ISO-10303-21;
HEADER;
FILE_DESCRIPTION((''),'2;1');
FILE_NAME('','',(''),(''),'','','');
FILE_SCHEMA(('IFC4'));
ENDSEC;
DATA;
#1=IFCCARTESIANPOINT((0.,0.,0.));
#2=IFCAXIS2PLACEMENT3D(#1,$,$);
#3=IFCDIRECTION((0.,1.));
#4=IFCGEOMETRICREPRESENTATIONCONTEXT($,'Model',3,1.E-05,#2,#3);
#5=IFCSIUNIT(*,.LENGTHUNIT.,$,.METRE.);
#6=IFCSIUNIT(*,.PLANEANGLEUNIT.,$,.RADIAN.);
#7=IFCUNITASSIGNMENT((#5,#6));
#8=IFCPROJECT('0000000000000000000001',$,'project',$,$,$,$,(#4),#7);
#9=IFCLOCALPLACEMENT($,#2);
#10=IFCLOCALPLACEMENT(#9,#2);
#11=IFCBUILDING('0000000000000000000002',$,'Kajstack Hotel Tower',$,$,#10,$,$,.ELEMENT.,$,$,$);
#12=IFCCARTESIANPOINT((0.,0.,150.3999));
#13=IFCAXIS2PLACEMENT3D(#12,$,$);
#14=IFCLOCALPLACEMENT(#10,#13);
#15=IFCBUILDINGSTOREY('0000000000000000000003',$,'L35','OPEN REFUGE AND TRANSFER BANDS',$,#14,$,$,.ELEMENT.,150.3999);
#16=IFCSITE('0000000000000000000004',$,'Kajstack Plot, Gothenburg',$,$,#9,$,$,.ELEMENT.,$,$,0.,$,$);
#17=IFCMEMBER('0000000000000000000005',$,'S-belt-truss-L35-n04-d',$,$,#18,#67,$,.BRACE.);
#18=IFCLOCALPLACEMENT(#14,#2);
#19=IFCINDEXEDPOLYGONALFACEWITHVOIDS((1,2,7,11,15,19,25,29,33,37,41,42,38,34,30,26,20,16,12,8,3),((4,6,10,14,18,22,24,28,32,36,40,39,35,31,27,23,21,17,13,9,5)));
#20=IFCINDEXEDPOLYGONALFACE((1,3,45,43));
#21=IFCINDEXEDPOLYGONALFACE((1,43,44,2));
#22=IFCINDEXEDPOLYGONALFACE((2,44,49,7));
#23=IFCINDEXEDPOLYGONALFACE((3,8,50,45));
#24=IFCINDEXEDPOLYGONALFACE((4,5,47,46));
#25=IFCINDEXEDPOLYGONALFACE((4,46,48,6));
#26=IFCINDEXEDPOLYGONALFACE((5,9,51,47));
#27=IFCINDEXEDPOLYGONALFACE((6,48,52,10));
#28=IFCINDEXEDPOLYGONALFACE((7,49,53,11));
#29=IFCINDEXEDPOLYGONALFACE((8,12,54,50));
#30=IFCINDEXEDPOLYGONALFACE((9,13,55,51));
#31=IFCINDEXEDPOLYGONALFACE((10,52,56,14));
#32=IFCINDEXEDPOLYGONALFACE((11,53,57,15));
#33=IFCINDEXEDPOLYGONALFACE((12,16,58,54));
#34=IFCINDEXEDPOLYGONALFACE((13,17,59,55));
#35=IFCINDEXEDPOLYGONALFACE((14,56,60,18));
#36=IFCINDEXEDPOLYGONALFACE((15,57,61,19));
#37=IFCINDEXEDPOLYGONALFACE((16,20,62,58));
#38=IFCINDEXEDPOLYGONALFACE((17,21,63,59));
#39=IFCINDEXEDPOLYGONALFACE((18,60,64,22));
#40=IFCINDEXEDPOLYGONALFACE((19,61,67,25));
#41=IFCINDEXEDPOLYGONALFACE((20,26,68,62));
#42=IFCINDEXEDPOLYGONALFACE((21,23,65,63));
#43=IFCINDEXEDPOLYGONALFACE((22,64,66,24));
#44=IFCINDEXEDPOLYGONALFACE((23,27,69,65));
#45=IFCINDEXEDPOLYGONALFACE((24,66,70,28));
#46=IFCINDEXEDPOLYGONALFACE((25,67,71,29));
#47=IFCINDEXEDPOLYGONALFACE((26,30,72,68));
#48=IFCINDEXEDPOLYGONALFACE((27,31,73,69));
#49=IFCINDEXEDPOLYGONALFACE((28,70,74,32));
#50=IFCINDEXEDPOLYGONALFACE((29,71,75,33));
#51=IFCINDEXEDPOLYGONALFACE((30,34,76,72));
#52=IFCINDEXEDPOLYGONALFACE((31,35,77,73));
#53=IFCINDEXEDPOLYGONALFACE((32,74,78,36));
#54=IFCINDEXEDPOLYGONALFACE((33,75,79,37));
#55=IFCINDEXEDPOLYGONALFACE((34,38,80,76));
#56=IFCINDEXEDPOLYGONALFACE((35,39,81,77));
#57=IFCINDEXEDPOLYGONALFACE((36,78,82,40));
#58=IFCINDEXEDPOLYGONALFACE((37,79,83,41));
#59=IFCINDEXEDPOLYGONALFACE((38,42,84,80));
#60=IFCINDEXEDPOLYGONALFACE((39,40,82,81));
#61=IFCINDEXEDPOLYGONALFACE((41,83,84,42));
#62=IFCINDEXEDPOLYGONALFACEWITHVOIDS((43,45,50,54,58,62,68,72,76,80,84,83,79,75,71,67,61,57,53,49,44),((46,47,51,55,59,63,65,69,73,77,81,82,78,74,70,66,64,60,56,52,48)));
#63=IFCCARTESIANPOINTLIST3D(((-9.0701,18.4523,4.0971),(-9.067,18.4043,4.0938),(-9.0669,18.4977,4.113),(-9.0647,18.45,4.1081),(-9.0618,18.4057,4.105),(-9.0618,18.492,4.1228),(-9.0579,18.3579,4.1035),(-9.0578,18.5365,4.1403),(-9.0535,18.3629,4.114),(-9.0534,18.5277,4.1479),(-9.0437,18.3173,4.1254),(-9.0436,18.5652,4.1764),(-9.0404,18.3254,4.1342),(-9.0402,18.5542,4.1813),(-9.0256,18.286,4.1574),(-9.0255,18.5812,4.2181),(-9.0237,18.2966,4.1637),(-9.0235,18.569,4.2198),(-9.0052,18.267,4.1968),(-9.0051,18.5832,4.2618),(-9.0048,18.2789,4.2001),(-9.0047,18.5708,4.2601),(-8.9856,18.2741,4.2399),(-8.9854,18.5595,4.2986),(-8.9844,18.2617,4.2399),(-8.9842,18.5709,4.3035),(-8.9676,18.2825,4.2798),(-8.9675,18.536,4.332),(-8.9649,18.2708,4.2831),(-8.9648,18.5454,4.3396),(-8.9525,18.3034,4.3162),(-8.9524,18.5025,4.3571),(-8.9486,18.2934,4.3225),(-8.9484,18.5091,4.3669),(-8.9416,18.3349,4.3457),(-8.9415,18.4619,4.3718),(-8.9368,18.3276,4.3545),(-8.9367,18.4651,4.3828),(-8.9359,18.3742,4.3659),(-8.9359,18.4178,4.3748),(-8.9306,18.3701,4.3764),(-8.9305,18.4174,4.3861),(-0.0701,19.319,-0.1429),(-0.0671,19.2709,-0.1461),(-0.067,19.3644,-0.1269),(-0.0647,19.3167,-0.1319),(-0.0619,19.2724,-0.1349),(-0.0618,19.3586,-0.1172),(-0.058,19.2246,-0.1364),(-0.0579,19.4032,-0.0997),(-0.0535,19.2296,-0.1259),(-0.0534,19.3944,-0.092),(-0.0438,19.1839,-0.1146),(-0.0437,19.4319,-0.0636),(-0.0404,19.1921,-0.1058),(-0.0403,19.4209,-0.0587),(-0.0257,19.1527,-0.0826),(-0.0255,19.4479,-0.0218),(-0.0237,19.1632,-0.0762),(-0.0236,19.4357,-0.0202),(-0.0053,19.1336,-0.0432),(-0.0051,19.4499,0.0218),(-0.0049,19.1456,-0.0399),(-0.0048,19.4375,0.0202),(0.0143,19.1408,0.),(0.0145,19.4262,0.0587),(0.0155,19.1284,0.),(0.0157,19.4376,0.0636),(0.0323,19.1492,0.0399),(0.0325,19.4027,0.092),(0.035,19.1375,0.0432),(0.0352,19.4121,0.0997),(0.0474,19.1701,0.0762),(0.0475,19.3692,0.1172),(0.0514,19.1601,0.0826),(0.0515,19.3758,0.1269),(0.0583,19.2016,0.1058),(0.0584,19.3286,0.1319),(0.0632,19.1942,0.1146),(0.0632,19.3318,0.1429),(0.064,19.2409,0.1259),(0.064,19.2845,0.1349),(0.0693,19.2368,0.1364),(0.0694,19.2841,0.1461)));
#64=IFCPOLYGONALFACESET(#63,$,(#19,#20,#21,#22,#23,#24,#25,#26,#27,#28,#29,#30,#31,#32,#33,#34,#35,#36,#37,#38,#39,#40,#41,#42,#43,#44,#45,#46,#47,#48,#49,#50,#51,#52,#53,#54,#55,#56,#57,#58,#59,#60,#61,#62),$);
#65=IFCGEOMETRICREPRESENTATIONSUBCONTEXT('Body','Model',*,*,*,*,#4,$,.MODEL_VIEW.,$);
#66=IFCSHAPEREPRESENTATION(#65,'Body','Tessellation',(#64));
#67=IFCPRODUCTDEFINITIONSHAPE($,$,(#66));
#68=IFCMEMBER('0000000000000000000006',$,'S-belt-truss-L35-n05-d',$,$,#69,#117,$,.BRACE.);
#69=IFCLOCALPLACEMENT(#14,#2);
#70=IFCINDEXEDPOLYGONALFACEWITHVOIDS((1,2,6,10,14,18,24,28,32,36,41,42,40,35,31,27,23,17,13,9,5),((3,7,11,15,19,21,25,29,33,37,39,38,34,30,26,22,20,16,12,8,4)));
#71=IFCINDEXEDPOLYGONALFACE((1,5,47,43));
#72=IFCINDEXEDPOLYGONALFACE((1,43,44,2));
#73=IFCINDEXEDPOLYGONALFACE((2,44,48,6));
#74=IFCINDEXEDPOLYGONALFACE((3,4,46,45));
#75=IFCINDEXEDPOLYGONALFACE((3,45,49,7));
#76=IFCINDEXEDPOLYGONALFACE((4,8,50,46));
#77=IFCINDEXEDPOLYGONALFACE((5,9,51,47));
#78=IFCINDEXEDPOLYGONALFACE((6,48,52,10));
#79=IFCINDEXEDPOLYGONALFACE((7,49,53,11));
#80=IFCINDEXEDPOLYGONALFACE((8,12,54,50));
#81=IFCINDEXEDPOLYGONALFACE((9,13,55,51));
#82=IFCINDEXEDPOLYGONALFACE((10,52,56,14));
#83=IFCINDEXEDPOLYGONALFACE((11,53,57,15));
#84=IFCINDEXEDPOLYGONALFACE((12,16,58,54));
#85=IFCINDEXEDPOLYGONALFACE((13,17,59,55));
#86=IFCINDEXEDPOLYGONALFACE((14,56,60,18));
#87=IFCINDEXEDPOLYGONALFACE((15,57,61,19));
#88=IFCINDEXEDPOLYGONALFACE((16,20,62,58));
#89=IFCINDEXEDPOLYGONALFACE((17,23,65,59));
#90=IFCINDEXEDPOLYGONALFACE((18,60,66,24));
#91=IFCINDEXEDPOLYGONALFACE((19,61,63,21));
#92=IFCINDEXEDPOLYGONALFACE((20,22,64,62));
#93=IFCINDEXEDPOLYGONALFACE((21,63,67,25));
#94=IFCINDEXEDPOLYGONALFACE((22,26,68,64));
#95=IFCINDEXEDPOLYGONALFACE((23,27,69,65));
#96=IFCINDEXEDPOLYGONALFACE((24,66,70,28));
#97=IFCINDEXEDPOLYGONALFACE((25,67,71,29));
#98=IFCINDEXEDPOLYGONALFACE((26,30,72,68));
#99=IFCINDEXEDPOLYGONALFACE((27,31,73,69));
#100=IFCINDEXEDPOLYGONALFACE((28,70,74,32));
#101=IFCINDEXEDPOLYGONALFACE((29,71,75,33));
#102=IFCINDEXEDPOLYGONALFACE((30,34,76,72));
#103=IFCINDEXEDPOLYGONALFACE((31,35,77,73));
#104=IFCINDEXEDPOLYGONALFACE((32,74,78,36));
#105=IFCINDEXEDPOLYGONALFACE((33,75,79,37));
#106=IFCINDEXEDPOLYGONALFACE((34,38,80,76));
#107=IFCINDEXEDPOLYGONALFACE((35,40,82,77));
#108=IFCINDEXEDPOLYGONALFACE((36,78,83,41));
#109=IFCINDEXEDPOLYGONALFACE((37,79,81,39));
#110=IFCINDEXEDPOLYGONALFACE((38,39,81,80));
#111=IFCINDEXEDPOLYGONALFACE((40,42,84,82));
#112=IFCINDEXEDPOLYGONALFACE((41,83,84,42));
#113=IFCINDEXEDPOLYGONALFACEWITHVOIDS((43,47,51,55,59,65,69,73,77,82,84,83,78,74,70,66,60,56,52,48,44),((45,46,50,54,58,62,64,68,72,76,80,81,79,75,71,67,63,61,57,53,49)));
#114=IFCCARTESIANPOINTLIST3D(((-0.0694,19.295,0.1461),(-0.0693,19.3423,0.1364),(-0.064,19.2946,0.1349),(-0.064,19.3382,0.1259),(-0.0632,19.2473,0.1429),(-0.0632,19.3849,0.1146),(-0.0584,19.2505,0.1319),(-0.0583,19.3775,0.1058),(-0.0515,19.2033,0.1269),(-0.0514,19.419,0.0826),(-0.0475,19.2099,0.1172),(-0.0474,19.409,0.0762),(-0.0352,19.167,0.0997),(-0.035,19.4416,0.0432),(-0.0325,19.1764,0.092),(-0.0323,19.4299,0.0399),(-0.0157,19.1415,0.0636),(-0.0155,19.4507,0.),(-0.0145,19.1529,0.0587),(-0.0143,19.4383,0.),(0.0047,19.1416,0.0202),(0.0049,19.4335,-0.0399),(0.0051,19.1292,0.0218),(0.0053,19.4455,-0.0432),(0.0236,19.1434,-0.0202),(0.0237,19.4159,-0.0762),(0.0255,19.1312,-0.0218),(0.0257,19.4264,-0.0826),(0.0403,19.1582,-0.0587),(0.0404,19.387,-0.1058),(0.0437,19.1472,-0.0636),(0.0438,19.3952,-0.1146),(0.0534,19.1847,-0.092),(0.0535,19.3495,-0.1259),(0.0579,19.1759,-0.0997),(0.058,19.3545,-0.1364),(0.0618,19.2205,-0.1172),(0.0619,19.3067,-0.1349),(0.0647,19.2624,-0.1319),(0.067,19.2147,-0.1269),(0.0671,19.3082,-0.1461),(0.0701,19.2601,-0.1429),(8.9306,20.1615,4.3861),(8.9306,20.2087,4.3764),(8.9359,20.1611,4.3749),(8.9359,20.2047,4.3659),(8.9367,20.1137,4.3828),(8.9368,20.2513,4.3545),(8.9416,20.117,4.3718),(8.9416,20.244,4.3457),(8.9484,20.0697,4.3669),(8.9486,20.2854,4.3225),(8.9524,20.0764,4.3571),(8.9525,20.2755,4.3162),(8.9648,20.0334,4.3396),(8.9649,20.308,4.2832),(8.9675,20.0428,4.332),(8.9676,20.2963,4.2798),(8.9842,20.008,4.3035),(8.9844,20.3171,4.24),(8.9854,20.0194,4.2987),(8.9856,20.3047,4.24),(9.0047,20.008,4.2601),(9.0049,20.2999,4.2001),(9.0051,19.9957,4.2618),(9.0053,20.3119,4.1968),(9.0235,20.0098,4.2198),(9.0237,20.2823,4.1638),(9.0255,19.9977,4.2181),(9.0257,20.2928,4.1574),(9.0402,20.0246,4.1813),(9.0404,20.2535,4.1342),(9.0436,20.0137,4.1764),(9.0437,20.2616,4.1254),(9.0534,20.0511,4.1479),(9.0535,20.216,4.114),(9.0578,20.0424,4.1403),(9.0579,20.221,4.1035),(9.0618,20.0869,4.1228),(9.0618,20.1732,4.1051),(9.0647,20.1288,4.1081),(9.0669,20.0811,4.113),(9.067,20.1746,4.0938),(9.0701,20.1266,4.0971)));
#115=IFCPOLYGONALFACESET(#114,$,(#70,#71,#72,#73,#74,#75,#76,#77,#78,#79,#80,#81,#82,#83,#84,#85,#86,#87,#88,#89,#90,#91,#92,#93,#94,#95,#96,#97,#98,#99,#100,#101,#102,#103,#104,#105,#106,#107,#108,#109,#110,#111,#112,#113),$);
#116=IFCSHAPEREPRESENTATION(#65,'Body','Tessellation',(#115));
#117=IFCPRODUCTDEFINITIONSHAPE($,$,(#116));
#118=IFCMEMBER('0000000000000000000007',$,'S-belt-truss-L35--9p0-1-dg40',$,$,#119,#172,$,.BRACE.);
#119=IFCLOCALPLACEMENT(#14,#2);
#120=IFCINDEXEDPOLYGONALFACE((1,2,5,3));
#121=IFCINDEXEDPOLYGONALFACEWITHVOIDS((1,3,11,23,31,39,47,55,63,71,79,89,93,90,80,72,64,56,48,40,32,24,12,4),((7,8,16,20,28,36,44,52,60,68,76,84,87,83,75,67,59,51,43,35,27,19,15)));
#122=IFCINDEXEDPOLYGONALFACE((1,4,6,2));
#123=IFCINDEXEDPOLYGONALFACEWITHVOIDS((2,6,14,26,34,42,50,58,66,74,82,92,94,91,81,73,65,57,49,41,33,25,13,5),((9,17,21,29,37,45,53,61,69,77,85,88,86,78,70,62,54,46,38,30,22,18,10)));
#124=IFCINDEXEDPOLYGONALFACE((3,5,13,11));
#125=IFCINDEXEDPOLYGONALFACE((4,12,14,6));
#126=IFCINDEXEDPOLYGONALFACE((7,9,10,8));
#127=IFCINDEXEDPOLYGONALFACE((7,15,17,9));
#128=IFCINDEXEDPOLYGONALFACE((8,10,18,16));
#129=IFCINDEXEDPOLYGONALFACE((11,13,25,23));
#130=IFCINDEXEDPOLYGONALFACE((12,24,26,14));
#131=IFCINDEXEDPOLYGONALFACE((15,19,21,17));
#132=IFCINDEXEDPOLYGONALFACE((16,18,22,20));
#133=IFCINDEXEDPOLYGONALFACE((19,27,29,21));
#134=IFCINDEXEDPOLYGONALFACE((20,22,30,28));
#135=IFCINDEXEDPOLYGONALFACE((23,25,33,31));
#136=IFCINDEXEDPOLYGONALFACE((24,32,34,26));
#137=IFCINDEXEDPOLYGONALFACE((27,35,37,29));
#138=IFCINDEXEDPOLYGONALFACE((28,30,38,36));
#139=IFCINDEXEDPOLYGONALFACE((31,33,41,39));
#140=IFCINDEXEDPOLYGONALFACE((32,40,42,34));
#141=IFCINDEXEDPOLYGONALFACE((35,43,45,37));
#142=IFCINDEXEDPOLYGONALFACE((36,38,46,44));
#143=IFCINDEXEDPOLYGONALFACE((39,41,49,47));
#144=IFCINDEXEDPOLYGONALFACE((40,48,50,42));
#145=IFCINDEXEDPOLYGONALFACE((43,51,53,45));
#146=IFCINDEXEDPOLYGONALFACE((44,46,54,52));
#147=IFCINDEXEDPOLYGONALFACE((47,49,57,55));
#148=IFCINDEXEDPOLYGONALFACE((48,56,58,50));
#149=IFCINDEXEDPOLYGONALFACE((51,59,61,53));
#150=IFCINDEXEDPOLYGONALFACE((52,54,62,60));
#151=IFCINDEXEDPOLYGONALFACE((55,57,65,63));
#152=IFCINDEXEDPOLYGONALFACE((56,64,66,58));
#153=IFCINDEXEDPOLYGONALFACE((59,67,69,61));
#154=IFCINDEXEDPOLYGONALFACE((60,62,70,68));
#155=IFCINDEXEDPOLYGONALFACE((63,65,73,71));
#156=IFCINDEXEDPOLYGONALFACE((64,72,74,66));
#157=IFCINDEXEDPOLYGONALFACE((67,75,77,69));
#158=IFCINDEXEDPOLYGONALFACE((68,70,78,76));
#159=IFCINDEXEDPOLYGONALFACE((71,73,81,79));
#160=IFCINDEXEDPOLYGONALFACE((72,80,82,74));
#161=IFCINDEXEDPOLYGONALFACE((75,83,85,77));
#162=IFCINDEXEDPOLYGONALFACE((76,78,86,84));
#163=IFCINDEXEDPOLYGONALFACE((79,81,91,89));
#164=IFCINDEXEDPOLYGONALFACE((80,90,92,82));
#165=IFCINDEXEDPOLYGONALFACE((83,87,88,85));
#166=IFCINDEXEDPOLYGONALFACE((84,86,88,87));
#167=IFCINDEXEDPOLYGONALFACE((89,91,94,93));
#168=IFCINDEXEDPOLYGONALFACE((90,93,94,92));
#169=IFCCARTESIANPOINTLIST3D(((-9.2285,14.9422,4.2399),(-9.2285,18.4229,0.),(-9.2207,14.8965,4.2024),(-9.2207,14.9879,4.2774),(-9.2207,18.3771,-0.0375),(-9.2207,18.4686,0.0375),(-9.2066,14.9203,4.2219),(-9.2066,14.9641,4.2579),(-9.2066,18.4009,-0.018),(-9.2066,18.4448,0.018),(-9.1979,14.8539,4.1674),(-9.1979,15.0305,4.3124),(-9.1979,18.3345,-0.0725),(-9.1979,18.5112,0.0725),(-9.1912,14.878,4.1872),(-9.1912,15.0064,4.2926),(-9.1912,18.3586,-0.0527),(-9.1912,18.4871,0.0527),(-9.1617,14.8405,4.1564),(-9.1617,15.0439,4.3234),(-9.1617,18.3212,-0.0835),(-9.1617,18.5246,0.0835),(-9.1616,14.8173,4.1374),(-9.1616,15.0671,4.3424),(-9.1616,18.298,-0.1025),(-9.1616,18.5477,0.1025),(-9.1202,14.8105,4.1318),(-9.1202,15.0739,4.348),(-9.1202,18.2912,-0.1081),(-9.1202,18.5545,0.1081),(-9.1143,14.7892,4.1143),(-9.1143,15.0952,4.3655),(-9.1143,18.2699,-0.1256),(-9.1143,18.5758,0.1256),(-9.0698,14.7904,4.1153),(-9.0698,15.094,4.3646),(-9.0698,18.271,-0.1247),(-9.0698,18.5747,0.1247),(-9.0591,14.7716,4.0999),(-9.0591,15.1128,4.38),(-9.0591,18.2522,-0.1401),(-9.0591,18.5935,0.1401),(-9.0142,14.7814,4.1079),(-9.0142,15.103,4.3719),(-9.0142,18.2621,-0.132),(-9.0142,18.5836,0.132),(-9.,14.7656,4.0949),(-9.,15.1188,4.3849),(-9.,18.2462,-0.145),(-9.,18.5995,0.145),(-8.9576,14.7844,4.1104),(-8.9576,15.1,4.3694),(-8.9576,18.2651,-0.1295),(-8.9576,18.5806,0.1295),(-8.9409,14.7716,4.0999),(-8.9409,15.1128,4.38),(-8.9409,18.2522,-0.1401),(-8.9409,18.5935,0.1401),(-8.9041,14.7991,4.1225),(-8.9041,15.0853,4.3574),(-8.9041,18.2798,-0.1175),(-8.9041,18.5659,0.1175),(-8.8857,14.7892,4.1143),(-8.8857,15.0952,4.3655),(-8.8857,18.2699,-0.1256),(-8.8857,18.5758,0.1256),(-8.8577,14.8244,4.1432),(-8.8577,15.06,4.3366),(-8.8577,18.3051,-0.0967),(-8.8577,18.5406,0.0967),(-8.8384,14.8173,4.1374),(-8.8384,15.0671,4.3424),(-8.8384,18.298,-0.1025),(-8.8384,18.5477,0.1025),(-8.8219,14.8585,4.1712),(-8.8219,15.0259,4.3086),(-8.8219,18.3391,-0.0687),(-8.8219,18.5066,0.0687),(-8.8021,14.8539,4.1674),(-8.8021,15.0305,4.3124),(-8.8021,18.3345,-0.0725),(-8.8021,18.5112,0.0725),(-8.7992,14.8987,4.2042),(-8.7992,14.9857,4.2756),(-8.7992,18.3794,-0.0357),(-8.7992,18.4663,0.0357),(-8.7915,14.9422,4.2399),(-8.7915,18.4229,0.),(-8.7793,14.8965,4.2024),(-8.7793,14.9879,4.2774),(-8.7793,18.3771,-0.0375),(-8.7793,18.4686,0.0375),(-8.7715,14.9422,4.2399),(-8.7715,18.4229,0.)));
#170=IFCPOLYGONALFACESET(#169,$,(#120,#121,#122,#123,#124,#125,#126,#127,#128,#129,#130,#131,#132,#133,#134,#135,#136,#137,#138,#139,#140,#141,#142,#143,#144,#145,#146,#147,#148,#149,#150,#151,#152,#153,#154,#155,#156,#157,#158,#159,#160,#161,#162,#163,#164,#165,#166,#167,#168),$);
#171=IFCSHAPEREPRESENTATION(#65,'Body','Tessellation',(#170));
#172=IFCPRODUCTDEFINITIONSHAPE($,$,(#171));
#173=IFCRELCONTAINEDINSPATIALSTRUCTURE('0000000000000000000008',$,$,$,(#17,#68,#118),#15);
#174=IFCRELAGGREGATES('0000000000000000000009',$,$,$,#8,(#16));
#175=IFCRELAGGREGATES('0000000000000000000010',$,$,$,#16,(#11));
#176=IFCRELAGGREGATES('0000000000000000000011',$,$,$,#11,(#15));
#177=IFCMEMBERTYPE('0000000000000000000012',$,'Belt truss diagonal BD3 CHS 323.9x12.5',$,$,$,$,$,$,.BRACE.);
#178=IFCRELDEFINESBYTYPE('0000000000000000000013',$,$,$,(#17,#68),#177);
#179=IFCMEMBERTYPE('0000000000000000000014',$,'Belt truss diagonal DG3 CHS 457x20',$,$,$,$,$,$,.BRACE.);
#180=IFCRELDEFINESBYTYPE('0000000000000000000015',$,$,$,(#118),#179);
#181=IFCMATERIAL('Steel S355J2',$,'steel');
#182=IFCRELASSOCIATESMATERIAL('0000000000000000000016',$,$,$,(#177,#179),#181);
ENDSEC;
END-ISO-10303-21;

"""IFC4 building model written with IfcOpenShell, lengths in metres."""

from ifc_helpers import new_model, si_unit, direction, frame, origin, origin_2d, place, context, subcontext, project, spatial, hollow_circle, extrude, material, material_profile, profile_set, type_object, element, save


model = new_model("IFC4")

# Units and contexts
model_context = context("Model", 3, precision=1e-05, world=origin(), true_north=direction((0.0, 1.0)))
body_context = subcontext(model_context, "Body", "Model", "MODEL_VIEW")
ifc_project = project(units=[si_unit("LENGTHUNIT", "METRE"), si_unit("PLANEANGLEUNIT", "RADIAN")], contexts=[model_context])

# Site, building, storey
site_placement = place(None, origin())
site = spatial("IfcSite", under=ifc_project, at=site_placement, Name="Kajstack Plot, Gothenburg", CompositionType="ELEMENT", RefElevation=0.0)
building_placement = place(site_placement, origin())
building = spatial("IfcBuilding", under=site, at=building_placement, Name="Kajstack Hotel Tower", CompositionType="ELEMENT")
storey_placement = place(building_placement, frame((0.0, 0.0, 150.3999)))
storey = spatial("IfcBuildingStorey", under=building, at=storey_placement, Name="L35", Description="OPEN REFUGE AND TRANSFER BANDS", CompositionType="ELEMENT", Elevation=150.3999)

# Members
ifc_material = material(Name="Steel S355J2", Category="steel")
ifc_material_profile_1 = material_profile(ifc_material, hollow_circle(Radius=0.1619, WallThickness=0.0125, at=origin_2d()), Name="CHS 323.9x12.5")
ifc_profile_set_1 = profile_set([ifc_material_profile_1], Name="Steel S355J2")
member_type_1 = type_object("IfcMemberType", Name="Belt truss diagonal BD3 CHS 323.9x12.5", PredefinedType="BRACE", material=ifc_profile_set_1)
for number, where, z_axis, x_axis, name in (
    (1, (0.0, 19.2896, 0.0), (-0.901223, -0.086788, 0.424575), (0.095856, -0.995395, 0.0), "S-belt-truss-L35-n04-d"),
    (2, (0.0, 19.2896, 0.0), (0.901225, 0.086763, 0.424576), (-0.09583, 0.995398, 0.0), "S-belt-truss-L35-n05-d"),
):
    element("IfcMember", number, at=place(storey_placement, frame(where, z_axis=z_axis, x_axis=x_axis)), inside=storey, type_object=member_type_1, Name=name, PredefinedType="BRACE", context=body_context, shape_type="SweptSolid", body=[
        extrude(hollow_circle(Radius=0.1619, WallThickness=0.0125, at=origin_2d()), origin(), (0.0, 0.0, 1.0), 9.9863),
    ])
ifc_material_profile_2 = material_profile(ifc_material, hollow_circle(Radius=0.2285, WallThickness=0.02, at=origin_2d()), Name="CHS 457x20")
ifc_profile_set_2 = profile_set([ifc_material_profile_2], Name="Steel S355J2")
member_type_2 = type_object("IfcMemberType", Name="Belt truss diagonal DG3 CHS 457x20", PredefinedType="BRACE", material=ifc_profile_set_2)
member_1_placement = place(storey_placement, frame((-9.0, 18.4229, 0.0), z_axis=(0.0, -0.634507, 0.772917), x_axis=(1.0, 0.0, 0.0)))
element("IfcMember", 3, at=member_1_placement, inside=storey, type_object=member_type_2, Name="S-belt-truss-L35--9p0-1-dg40", PredefinedType="BRACE", context=body_context, shape_type="SweptSolid", body=[
    extrude(hollow_circle(Radius=0.2285, WallThickness=0.02, at=origin_2d()), origin(), (0.0, 0.0, 1.0), 5.4856),
])

save(model, "model.ifc")
